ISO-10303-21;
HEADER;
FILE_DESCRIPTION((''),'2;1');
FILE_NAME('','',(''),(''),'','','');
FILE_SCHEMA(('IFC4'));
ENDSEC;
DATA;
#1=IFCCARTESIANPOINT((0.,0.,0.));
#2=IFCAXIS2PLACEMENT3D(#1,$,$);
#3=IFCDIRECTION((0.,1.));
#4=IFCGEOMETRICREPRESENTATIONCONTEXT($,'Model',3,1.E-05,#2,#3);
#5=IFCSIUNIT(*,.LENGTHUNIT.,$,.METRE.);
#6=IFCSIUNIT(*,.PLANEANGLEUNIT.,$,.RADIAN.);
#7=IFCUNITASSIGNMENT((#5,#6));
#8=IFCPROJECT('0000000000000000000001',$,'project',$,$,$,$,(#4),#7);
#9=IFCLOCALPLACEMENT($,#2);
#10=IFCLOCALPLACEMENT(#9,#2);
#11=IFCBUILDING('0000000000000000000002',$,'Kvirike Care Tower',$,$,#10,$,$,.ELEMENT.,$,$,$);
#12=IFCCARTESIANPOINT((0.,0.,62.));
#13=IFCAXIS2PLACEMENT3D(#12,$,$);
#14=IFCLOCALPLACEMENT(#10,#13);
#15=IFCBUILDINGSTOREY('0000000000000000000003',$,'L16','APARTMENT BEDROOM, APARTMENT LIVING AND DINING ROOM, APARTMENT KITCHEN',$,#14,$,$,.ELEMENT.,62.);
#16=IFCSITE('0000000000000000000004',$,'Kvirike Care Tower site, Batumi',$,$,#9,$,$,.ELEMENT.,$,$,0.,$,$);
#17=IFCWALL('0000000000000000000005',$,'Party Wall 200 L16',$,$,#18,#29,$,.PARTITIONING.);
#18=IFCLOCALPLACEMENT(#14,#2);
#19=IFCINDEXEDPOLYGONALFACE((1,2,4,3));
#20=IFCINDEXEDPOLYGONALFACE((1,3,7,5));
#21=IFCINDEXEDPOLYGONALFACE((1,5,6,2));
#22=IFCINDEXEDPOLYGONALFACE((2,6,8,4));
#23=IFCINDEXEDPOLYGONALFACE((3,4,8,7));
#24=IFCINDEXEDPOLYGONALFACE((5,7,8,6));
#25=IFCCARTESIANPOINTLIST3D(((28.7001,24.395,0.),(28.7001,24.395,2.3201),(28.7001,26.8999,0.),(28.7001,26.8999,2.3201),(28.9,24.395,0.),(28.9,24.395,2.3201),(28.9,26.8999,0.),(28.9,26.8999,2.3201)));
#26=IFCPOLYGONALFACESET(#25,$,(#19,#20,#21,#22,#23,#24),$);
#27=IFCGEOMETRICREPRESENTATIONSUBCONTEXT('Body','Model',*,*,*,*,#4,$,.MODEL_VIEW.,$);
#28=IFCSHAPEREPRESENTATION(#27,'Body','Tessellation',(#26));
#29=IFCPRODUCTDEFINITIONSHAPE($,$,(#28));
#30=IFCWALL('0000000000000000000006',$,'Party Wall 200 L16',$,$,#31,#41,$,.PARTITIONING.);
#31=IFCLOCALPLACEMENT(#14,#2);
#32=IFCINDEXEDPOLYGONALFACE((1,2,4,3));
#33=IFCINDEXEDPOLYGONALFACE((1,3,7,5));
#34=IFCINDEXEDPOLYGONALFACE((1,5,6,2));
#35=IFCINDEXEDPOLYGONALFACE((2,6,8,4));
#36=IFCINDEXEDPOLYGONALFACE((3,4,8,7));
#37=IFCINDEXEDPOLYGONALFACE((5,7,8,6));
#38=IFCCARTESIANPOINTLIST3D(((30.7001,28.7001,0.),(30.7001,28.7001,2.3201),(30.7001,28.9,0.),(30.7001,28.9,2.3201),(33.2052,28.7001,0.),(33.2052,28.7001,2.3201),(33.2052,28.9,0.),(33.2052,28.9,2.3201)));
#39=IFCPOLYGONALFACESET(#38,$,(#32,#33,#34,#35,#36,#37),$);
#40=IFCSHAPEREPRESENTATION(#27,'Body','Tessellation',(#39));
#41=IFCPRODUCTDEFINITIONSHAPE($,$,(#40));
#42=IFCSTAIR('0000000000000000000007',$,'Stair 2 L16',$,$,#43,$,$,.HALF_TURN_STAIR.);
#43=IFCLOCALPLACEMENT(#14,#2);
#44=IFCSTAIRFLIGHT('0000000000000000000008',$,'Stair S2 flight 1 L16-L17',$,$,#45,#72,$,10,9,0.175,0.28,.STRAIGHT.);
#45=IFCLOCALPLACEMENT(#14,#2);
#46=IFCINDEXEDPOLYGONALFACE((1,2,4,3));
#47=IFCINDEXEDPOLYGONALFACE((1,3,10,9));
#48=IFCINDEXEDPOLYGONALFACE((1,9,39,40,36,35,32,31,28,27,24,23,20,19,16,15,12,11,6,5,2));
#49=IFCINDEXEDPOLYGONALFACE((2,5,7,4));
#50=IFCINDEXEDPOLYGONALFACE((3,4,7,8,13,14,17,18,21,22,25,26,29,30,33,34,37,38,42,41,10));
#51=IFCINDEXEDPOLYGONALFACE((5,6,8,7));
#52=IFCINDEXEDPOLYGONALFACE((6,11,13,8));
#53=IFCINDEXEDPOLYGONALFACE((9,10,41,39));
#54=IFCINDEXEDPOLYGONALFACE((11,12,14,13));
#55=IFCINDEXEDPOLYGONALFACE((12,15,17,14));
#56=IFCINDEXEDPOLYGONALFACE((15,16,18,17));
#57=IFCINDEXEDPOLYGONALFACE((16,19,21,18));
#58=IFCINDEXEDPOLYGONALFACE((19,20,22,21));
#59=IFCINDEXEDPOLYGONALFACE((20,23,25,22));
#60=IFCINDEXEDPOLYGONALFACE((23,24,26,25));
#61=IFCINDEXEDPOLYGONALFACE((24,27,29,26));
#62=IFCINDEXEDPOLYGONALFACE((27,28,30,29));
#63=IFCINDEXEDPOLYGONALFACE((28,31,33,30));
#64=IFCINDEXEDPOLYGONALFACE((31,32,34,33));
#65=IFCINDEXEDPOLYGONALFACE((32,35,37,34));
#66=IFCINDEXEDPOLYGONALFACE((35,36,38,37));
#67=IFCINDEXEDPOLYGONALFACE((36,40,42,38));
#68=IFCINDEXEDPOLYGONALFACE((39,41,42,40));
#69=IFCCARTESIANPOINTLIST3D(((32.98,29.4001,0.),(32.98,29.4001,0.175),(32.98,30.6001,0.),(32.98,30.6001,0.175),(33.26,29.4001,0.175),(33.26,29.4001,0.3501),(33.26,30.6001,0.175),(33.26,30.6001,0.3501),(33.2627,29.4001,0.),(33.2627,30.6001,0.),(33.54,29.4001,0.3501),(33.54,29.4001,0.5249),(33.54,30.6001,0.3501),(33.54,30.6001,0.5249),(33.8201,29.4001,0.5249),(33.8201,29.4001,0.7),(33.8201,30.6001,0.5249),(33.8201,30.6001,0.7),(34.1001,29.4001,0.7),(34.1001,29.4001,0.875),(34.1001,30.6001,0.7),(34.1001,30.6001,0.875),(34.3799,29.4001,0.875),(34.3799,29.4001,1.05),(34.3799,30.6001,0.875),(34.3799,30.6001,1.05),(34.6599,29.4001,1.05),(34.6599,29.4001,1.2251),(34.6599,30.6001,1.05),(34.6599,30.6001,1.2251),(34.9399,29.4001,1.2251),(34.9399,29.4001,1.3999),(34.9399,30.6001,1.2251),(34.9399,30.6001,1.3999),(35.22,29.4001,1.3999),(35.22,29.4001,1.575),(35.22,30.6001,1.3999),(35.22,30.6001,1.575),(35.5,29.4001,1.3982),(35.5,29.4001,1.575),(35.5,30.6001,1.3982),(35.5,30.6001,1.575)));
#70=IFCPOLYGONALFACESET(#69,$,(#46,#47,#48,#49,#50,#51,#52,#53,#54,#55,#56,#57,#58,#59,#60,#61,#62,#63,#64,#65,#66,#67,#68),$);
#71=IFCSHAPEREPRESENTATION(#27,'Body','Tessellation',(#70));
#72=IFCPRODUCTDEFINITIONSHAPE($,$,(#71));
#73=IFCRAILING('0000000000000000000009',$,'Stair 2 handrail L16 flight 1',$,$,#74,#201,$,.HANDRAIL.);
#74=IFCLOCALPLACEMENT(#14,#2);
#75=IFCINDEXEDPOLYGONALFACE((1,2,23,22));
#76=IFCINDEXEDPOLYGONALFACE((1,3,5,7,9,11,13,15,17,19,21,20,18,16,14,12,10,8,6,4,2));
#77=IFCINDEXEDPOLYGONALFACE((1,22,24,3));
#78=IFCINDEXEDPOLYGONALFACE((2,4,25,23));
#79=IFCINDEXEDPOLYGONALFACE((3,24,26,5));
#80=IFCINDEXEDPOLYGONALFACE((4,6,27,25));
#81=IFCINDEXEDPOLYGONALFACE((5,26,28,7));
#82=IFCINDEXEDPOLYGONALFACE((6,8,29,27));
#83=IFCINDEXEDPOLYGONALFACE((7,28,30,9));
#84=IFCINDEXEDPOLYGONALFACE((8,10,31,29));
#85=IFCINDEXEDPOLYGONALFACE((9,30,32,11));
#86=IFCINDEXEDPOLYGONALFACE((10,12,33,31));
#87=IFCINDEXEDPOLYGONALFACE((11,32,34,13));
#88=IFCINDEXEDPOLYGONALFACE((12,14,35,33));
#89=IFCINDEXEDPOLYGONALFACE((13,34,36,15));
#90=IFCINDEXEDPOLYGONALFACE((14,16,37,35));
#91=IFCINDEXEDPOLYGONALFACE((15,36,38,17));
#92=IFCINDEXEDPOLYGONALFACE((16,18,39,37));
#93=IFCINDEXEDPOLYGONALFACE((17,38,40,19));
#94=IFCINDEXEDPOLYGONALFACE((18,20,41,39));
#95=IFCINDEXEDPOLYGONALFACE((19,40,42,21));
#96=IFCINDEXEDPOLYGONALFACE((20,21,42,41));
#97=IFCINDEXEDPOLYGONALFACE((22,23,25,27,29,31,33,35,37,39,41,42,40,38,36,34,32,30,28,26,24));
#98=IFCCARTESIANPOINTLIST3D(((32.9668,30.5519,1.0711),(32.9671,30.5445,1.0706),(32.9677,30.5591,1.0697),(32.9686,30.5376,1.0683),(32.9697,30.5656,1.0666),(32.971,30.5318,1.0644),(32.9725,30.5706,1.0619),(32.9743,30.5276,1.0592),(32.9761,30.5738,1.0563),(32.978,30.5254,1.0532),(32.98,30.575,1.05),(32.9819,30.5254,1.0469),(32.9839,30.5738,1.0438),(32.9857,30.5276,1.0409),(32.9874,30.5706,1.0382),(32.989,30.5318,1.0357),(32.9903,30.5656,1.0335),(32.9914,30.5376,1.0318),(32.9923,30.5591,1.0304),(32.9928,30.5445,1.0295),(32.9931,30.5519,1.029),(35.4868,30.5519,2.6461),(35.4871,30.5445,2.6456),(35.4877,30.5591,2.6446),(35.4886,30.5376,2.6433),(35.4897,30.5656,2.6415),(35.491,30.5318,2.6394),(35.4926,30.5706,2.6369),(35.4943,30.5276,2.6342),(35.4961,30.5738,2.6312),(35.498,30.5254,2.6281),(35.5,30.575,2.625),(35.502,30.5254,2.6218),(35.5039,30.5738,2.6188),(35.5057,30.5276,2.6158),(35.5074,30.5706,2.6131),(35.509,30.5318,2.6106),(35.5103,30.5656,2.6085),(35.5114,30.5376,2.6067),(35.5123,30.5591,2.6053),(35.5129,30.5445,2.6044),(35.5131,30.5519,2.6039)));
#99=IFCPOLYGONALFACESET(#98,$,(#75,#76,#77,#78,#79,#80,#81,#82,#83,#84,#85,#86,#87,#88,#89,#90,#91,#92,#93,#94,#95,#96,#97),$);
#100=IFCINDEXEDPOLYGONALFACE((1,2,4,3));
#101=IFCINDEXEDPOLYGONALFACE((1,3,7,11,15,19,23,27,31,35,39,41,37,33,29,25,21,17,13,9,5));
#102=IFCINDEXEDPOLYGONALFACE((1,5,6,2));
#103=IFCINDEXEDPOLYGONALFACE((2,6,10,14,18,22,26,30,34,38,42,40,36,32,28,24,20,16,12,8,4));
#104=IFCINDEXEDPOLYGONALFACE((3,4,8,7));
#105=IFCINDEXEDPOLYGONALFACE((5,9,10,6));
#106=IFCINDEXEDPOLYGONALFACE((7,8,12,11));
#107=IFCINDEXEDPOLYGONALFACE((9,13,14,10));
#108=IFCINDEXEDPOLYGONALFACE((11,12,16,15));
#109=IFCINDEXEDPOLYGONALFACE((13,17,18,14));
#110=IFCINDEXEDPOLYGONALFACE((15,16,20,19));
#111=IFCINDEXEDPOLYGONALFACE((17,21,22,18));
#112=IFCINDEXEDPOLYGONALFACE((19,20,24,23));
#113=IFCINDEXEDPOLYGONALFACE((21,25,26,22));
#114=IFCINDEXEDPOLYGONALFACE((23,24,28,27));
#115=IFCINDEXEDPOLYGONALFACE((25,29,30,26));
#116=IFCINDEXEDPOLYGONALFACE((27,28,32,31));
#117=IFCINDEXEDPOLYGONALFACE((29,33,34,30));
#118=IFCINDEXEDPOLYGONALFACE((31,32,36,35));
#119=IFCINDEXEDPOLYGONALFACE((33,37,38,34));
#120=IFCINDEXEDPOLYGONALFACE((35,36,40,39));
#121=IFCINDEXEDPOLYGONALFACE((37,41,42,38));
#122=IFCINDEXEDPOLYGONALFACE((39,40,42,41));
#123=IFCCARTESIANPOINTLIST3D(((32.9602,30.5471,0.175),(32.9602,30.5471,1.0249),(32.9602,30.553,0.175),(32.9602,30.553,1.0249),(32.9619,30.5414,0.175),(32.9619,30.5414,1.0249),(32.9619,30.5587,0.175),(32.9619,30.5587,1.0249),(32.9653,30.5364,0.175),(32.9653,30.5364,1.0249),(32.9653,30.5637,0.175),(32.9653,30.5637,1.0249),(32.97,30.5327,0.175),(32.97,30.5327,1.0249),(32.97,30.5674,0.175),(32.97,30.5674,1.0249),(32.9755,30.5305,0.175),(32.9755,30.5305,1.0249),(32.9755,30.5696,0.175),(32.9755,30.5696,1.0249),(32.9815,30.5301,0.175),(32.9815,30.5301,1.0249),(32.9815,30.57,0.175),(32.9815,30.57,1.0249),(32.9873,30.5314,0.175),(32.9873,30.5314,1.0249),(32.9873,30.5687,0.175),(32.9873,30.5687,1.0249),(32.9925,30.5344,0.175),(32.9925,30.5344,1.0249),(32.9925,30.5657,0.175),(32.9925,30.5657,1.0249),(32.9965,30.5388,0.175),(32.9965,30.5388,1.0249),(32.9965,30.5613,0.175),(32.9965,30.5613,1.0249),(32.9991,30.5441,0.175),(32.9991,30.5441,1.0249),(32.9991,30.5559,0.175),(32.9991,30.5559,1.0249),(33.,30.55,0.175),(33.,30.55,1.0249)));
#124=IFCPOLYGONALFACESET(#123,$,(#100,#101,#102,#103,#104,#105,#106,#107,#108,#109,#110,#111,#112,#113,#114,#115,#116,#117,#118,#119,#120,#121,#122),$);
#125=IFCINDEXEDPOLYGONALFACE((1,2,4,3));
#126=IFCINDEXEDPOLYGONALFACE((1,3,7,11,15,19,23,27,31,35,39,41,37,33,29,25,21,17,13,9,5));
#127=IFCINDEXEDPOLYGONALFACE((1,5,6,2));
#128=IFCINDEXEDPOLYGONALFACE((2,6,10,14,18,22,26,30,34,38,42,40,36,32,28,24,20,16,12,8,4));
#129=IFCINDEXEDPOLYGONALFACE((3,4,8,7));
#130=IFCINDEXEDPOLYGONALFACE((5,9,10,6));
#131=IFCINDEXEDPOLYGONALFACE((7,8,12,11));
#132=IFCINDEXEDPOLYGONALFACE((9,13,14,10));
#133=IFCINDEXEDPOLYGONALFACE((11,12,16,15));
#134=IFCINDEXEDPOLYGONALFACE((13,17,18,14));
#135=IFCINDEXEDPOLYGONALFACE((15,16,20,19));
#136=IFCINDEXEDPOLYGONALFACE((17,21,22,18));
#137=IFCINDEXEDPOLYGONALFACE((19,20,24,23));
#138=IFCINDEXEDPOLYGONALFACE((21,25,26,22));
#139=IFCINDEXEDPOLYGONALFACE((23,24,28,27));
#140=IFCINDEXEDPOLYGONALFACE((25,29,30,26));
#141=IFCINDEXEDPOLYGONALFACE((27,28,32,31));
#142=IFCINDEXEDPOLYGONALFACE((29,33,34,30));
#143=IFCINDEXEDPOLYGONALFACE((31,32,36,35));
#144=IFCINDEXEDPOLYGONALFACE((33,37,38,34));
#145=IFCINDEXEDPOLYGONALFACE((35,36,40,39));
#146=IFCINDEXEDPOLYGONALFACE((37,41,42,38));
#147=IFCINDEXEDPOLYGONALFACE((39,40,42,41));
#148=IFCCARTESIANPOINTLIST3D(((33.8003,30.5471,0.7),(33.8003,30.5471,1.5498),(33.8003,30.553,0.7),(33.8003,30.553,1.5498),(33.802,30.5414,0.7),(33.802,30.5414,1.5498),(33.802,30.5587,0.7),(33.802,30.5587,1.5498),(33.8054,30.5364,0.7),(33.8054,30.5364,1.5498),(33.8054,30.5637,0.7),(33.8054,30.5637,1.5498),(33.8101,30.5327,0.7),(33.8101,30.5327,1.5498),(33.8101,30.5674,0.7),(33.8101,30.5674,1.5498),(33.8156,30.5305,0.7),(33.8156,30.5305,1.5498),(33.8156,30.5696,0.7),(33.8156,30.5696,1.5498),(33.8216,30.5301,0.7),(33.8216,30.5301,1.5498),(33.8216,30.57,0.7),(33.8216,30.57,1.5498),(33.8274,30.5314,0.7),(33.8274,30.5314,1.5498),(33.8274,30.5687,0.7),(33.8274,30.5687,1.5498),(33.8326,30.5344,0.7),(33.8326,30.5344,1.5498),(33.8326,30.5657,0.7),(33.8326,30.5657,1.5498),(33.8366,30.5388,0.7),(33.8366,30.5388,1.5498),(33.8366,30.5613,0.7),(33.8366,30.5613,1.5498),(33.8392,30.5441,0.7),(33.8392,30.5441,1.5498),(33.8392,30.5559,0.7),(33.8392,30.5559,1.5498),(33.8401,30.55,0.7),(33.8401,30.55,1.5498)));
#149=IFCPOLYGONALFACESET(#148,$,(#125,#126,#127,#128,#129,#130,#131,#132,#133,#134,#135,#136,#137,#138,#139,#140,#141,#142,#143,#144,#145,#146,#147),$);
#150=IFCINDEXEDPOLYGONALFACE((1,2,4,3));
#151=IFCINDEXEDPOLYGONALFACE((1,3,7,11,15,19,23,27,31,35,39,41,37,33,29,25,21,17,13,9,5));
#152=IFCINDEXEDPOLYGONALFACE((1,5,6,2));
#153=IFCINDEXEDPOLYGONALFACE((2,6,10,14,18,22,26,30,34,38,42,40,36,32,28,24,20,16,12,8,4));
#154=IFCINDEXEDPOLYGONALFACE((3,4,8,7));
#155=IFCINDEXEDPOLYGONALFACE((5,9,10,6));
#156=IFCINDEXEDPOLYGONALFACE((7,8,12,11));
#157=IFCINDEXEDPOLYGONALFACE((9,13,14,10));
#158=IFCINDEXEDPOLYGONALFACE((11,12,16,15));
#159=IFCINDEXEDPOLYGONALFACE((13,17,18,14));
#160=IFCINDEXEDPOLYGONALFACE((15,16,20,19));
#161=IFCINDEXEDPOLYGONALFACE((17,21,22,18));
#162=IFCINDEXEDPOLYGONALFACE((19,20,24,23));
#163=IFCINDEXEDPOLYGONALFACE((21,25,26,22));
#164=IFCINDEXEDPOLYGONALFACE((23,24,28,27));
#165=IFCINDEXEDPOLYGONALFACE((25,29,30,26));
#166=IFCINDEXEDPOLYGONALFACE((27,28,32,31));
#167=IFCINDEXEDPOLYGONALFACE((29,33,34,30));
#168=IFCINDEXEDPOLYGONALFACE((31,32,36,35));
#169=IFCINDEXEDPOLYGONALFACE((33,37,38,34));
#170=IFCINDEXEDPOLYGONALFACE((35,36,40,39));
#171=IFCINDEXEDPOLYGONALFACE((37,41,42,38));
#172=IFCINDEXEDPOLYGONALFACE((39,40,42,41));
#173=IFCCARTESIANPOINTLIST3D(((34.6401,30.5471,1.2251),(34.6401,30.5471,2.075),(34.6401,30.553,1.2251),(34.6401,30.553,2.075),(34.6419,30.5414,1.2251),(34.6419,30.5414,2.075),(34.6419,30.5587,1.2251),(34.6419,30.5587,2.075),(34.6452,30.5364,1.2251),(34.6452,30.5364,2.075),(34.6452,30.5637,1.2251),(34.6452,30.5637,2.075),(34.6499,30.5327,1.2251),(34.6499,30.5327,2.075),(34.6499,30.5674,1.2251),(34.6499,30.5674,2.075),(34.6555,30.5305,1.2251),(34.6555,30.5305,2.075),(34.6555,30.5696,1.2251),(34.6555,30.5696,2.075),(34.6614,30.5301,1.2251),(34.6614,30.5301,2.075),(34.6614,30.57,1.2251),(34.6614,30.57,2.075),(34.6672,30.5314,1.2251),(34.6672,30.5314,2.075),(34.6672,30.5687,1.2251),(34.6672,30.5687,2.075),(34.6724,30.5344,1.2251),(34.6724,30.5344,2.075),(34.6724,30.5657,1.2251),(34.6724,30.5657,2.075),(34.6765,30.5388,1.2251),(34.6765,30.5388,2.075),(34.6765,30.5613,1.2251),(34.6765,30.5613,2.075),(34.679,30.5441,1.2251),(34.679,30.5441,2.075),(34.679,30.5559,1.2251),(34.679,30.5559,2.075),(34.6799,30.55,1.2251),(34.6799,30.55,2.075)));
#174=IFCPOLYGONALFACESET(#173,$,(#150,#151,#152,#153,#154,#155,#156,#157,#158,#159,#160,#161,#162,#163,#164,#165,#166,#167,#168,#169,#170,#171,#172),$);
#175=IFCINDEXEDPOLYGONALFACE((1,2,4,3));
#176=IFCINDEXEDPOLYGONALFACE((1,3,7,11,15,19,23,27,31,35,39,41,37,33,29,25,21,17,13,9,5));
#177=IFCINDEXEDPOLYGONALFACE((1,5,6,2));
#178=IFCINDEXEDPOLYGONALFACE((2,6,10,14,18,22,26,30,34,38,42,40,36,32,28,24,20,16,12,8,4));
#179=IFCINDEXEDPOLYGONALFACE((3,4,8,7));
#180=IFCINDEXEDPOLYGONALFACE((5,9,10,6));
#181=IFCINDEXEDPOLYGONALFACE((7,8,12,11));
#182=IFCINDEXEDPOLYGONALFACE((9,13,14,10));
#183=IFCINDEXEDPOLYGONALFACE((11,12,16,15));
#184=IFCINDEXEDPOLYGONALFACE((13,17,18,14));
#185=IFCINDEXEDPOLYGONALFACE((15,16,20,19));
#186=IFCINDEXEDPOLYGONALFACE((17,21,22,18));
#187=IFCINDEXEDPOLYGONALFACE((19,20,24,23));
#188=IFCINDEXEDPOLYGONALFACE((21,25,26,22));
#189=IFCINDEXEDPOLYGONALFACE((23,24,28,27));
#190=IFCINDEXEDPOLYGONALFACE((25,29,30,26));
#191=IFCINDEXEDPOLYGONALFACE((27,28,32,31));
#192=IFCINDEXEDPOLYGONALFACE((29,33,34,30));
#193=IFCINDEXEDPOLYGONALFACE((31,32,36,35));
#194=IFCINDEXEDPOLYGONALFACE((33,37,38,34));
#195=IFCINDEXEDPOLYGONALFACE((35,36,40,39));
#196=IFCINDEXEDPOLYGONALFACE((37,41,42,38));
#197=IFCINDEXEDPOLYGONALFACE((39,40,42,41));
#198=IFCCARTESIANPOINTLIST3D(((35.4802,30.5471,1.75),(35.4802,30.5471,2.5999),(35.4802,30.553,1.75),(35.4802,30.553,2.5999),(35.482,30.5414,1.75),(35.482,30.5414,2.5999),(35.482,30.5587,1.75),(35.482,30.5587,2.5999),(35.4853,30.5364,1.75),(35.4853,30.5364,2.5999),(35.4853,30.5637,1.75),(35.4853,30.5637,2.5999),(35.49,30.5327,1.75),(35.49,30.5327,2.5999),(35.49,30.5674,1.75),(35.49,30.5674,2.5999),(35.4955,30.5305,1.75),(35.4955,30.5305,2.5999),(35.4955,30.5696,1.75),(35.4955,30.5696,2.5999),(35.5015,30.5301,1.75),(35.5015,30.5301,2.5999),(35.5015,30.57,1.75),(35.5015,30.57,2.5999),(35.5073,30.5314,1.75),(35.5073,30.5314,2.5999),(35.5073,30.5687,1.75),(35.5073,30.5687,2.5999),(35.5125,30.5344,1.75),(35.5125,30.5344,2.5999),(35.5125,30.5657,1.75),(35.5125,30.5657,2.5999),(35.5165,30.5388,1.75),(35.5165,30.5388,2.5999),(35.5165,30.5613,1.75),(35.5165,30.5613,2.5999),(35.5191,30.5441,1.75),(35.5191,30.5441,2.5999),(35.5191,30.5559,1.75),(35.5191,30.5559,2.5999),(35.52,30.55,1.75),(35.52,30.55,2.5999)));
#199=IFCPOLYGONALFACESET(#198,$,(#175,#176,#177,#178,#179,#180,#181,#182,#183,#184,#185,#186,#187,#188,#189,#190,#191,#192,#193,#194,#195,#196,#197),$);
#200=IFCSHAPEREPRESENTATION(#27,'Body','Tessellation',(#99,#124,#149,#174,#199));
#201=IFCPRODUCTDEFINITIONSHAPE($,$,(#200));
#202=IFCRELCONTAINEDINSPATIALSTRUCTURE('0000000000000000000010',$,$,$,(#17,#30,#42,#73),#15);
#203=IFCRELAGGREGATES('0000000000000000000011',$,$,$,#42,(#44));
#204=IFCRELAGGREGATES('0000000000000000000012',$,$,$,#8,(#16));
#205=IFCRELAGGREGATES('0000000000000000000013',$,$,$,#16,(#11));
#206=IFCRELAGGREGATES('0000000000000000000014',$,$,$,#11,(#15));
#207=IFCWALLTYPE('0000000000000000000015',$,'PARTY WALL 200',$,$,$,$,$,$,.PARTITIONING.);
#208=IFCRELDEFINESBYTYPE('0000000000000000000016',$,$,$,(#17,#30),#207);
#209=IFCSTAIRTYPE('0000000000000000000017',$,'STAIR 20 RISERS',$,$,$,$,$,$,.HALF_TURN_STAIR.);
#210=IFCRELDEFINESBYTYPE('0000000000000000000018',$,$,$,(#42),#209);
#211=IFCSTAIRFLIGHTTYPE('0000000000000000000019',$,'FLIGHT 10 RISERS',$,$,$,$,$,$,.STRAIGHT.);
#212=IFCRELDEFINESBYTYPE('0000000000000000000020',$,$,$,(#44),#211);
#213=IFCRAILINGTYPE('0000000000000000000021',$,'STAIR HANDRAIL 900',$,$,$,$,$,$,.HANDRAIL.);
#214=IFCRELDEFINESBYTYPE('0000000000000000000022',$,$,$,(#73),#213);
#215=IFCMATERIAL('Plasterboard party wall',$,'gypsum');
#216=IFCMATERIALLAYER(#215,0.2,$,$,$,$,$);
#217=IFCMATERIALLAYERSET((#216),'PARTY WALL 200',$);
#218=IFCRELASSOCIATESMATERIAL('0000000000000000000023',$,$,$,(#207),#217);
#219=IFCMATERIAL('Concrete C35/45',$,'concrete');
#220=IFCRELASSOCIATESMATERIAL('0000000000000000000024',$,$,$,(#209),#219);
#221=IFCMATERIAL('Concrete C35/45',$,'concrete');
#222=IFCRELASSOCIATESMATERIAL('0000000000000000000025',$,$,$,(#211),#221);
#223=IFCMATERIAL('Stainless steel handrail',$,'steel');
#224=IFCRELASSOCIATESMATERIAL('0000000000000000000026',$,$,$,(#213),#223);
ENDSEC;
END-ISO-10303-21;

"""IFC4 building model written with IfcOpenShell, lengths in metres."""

from ifc_helpers import new_model, si_unit, direction, frame, frame_2d, origin, origin_2d, place, context, subcontext, project, spatial, polyline, rectangle, circle, outline, extrude, material, layer, layer_set, type_object, element, aggregate, save


model = new_model("IFC4")

# Units and contexts
model_context = context("Model", 3, precision=1e-05, world=origin(), true_north=direction((0.0, 1.0)))
body_context = subcontext(model_context, "Body", "Model", "MODEL_VIEW")
ifc_project = project(units=[si_unit("LENGTHUNIT", "METRE"), si_unit("PLANEANGLEUNIT", "RADIAN")], contexts=[model_context])

# Site, building, storey
site_placement = place(None, origin())
site = spatial("IfcSite", under=ifc_project, at=site_placement, Name="Kvirike Care Tower site, Batumi", CompositionType="ELEMENT", RefElevation=0.0)
building_placement = place(site_placement, origin())
building = spatial("IfcBuilding", under=site, at=building_placement, Name="Kvirike Care Tower", CompositionType="ELEMENT")
storey_placement = place(building_placement, frame((0.0, 0.0, 62.0)))
storey = spatial("IfcBuildingStorey", under=building, at=storey_placement, Name="L16", Description="APARTMENT BEDROOM, APARTMENT LIVING AND DINING ROOM, APARTMENT KITCHEN", CompositionType="ELEMENT", Elevation=62.0)

# Walls
ifc_material_1 = material(Name="Plasterboard party wall", Category="gypsum")
ifc_layer_1 = layer(ifc_material_1, 0.2)
ifc_layer_set_1 = layer_set([ifc_layer_1], Name="PARTY WALL 200")
wall_type_1 = type_object("IfcWallType", Name="PARTY WALL 200", PredefinedType="PARTITIONING", material=ifc_layer_set_1)
wall_1_placement = place(storey_placement, frame((28.8, 24.395, 0.0), z_axis=(0.0, 0.0, 1.0), x_axis=(0.0, 1.0, 0.0)))
element("IfcWall", 1, at=wall_1_placement, inside=storey, type_object=wall_type_1, Name="Party Wall 200 L16", PredefinedType="PARTITIONING", context=body_context, shape_type="SweptSolid", body=[
    extrude(rectangle(XDim=2.5049, YDim=0.2, at=frame_2d((1.2524, 0.0))), origin(), (0.0, 0.0, 1.0), 2.3201),
])
wall_2_placement = place(storey_placement, frame((33.2051, 28.8, 0.0), z_axis=(0.0, 0.0, 1.0), x_axis=(-1.0, 0.0, 0.0)))
element("IfcWall", 2, at=wall_2_placement, inside=storey, type_object=wall_type_1, Name="Party Wall 200 L16", PredefinedType="PARTITIONING", context=body_context, shape_type="SweptSolid", body=[
    extrude(rectangle(XDim=2.5051, YDim=0.2, at=frame_2d((1.2524, 0.0))), origin(), (0.0, 0.0, 1.0), 2.3201),
])

# Stair, stair flight
ifc_material_2 = material(Name="Concrete C35/45", Category="concrete")
stair_type = type_object("IfcStairType", Name="STAIR 20 RISERS", PredefinedType="HALF_TURN_STAIR", material=ifc_material_2)
stair_placement = place(storey_placement, origin())
stair = element("IfcStair", 3, at=stair_placement, inside=storey, type_object=stair_type, Name="Stair 2 L16", PredefinedType="HALF_TURN_STAIR")
ifc_material_3 = material(Name="Concrete C35/45", Category="concrete")
stair_flight_type = type_object("IfcStairFlightType", Name="FLIGHT 10 RISERS", PredefinedType="STRAIGHT", material=ifc_material_3)
stair_flight_placement = place(storey_placement, frame((32.98, 30.0, 0.0), z_axis=(0.0, 0.0, 1.0), x_axis=(1.0, 0.0, 0.0)))
stair_flight = element("IfcStairFlight", 4, at=stair_flight_placement, type_object=stair_flight_type, Name="Stair S2 flight 1 L16-L17", NumberOfRisers=10, NumberOfTreads=9, PredefinedType="STRAIGHT", RiserHeight=0.175, TreadLength=0.28, context=body_context, shape_type="SweptSolid", body=[
    extrude(outline(polyline([(0.0, 0.0), (0.0, 0.175), (0.28, 0.175), (0.28, 0.3501), (0.5601, 0.3501), (0.5601, 0.5249), (0.8401, 0.5249), (0.8401, 0.7), (1.1201, 0.7), (1.1201, 0.875), (1.3999, 0.875), (1.3999, 1.05), (1.6799, 1.05), (1.6799, 1.2251), (1.96, 1.2251), (1.96, 1.3999), (2.24, 1.3999), (2.24, 1.575), (2.52, 1.575), (2.52, 1.75), (2.52, 1.3982), (0.2827, 0.0), (0.0, 0.0)])), frame((0.0, 0.6001, 0.0), z_axis=(0.0, -1.0, 0.0), x_axis=(1.0, 0.0, 0.0)), (0.0, 0.0, 1.0), 1.2),
])
aggregate(stair, [stair_flight])

# Railing
ifc_material_4 = material(Name="Stainless steel handrail", Category="steel")
railing_type = type_object("IfcRailingType", Name="STAIR HANDRAIL 900", PredefinedType="HANDRAIL", material=ifc_material_4)
railing_placement = place(storey_placement, frame((32.98, 30.55, 0.175)))
element("IfcRailing", 5, at=railing_placement, inside=storey, type_object=railing_type, Name="Stair 2 handrail L16 flight 1", PredefinedType="HANDRAIL", context=body_context, shape_type="SweptSolid", body=[
    extrude(circle(Radius=0.0249, at=origin_2d()), frame((0.0, 0.0, 0.875), z_axis=(0.848008, 0.0, 0.529984), x_axis=(0.0, 1.0, 0.0)), (0.0, 0.0, 1.0), 2.9717),
    extrude(circle(Radius=0.02, at=origin_2d()), origin(), (0.0, 0.0, 1.0), 0.8499),
    extrude(circle(Radius=0.02, at=origin_2d()), frame((0.8401, 0.0, 0.5249)), (0.0, 0.0, 1.0), 0.8499),
    extrude(circle(Radius=0.02, at=origin_2d()), frame((1.6799, 0.0, 1.05)), (0.0, 0.0, 1.0), 0.8499),
    extrude(circle(Radius=0.02, at=origin_2d()), frame((2.52, 0.0, 1.575)), (0.0, 0.0, 1.0), 0.8499),
])

save(model, "model.ifc")
